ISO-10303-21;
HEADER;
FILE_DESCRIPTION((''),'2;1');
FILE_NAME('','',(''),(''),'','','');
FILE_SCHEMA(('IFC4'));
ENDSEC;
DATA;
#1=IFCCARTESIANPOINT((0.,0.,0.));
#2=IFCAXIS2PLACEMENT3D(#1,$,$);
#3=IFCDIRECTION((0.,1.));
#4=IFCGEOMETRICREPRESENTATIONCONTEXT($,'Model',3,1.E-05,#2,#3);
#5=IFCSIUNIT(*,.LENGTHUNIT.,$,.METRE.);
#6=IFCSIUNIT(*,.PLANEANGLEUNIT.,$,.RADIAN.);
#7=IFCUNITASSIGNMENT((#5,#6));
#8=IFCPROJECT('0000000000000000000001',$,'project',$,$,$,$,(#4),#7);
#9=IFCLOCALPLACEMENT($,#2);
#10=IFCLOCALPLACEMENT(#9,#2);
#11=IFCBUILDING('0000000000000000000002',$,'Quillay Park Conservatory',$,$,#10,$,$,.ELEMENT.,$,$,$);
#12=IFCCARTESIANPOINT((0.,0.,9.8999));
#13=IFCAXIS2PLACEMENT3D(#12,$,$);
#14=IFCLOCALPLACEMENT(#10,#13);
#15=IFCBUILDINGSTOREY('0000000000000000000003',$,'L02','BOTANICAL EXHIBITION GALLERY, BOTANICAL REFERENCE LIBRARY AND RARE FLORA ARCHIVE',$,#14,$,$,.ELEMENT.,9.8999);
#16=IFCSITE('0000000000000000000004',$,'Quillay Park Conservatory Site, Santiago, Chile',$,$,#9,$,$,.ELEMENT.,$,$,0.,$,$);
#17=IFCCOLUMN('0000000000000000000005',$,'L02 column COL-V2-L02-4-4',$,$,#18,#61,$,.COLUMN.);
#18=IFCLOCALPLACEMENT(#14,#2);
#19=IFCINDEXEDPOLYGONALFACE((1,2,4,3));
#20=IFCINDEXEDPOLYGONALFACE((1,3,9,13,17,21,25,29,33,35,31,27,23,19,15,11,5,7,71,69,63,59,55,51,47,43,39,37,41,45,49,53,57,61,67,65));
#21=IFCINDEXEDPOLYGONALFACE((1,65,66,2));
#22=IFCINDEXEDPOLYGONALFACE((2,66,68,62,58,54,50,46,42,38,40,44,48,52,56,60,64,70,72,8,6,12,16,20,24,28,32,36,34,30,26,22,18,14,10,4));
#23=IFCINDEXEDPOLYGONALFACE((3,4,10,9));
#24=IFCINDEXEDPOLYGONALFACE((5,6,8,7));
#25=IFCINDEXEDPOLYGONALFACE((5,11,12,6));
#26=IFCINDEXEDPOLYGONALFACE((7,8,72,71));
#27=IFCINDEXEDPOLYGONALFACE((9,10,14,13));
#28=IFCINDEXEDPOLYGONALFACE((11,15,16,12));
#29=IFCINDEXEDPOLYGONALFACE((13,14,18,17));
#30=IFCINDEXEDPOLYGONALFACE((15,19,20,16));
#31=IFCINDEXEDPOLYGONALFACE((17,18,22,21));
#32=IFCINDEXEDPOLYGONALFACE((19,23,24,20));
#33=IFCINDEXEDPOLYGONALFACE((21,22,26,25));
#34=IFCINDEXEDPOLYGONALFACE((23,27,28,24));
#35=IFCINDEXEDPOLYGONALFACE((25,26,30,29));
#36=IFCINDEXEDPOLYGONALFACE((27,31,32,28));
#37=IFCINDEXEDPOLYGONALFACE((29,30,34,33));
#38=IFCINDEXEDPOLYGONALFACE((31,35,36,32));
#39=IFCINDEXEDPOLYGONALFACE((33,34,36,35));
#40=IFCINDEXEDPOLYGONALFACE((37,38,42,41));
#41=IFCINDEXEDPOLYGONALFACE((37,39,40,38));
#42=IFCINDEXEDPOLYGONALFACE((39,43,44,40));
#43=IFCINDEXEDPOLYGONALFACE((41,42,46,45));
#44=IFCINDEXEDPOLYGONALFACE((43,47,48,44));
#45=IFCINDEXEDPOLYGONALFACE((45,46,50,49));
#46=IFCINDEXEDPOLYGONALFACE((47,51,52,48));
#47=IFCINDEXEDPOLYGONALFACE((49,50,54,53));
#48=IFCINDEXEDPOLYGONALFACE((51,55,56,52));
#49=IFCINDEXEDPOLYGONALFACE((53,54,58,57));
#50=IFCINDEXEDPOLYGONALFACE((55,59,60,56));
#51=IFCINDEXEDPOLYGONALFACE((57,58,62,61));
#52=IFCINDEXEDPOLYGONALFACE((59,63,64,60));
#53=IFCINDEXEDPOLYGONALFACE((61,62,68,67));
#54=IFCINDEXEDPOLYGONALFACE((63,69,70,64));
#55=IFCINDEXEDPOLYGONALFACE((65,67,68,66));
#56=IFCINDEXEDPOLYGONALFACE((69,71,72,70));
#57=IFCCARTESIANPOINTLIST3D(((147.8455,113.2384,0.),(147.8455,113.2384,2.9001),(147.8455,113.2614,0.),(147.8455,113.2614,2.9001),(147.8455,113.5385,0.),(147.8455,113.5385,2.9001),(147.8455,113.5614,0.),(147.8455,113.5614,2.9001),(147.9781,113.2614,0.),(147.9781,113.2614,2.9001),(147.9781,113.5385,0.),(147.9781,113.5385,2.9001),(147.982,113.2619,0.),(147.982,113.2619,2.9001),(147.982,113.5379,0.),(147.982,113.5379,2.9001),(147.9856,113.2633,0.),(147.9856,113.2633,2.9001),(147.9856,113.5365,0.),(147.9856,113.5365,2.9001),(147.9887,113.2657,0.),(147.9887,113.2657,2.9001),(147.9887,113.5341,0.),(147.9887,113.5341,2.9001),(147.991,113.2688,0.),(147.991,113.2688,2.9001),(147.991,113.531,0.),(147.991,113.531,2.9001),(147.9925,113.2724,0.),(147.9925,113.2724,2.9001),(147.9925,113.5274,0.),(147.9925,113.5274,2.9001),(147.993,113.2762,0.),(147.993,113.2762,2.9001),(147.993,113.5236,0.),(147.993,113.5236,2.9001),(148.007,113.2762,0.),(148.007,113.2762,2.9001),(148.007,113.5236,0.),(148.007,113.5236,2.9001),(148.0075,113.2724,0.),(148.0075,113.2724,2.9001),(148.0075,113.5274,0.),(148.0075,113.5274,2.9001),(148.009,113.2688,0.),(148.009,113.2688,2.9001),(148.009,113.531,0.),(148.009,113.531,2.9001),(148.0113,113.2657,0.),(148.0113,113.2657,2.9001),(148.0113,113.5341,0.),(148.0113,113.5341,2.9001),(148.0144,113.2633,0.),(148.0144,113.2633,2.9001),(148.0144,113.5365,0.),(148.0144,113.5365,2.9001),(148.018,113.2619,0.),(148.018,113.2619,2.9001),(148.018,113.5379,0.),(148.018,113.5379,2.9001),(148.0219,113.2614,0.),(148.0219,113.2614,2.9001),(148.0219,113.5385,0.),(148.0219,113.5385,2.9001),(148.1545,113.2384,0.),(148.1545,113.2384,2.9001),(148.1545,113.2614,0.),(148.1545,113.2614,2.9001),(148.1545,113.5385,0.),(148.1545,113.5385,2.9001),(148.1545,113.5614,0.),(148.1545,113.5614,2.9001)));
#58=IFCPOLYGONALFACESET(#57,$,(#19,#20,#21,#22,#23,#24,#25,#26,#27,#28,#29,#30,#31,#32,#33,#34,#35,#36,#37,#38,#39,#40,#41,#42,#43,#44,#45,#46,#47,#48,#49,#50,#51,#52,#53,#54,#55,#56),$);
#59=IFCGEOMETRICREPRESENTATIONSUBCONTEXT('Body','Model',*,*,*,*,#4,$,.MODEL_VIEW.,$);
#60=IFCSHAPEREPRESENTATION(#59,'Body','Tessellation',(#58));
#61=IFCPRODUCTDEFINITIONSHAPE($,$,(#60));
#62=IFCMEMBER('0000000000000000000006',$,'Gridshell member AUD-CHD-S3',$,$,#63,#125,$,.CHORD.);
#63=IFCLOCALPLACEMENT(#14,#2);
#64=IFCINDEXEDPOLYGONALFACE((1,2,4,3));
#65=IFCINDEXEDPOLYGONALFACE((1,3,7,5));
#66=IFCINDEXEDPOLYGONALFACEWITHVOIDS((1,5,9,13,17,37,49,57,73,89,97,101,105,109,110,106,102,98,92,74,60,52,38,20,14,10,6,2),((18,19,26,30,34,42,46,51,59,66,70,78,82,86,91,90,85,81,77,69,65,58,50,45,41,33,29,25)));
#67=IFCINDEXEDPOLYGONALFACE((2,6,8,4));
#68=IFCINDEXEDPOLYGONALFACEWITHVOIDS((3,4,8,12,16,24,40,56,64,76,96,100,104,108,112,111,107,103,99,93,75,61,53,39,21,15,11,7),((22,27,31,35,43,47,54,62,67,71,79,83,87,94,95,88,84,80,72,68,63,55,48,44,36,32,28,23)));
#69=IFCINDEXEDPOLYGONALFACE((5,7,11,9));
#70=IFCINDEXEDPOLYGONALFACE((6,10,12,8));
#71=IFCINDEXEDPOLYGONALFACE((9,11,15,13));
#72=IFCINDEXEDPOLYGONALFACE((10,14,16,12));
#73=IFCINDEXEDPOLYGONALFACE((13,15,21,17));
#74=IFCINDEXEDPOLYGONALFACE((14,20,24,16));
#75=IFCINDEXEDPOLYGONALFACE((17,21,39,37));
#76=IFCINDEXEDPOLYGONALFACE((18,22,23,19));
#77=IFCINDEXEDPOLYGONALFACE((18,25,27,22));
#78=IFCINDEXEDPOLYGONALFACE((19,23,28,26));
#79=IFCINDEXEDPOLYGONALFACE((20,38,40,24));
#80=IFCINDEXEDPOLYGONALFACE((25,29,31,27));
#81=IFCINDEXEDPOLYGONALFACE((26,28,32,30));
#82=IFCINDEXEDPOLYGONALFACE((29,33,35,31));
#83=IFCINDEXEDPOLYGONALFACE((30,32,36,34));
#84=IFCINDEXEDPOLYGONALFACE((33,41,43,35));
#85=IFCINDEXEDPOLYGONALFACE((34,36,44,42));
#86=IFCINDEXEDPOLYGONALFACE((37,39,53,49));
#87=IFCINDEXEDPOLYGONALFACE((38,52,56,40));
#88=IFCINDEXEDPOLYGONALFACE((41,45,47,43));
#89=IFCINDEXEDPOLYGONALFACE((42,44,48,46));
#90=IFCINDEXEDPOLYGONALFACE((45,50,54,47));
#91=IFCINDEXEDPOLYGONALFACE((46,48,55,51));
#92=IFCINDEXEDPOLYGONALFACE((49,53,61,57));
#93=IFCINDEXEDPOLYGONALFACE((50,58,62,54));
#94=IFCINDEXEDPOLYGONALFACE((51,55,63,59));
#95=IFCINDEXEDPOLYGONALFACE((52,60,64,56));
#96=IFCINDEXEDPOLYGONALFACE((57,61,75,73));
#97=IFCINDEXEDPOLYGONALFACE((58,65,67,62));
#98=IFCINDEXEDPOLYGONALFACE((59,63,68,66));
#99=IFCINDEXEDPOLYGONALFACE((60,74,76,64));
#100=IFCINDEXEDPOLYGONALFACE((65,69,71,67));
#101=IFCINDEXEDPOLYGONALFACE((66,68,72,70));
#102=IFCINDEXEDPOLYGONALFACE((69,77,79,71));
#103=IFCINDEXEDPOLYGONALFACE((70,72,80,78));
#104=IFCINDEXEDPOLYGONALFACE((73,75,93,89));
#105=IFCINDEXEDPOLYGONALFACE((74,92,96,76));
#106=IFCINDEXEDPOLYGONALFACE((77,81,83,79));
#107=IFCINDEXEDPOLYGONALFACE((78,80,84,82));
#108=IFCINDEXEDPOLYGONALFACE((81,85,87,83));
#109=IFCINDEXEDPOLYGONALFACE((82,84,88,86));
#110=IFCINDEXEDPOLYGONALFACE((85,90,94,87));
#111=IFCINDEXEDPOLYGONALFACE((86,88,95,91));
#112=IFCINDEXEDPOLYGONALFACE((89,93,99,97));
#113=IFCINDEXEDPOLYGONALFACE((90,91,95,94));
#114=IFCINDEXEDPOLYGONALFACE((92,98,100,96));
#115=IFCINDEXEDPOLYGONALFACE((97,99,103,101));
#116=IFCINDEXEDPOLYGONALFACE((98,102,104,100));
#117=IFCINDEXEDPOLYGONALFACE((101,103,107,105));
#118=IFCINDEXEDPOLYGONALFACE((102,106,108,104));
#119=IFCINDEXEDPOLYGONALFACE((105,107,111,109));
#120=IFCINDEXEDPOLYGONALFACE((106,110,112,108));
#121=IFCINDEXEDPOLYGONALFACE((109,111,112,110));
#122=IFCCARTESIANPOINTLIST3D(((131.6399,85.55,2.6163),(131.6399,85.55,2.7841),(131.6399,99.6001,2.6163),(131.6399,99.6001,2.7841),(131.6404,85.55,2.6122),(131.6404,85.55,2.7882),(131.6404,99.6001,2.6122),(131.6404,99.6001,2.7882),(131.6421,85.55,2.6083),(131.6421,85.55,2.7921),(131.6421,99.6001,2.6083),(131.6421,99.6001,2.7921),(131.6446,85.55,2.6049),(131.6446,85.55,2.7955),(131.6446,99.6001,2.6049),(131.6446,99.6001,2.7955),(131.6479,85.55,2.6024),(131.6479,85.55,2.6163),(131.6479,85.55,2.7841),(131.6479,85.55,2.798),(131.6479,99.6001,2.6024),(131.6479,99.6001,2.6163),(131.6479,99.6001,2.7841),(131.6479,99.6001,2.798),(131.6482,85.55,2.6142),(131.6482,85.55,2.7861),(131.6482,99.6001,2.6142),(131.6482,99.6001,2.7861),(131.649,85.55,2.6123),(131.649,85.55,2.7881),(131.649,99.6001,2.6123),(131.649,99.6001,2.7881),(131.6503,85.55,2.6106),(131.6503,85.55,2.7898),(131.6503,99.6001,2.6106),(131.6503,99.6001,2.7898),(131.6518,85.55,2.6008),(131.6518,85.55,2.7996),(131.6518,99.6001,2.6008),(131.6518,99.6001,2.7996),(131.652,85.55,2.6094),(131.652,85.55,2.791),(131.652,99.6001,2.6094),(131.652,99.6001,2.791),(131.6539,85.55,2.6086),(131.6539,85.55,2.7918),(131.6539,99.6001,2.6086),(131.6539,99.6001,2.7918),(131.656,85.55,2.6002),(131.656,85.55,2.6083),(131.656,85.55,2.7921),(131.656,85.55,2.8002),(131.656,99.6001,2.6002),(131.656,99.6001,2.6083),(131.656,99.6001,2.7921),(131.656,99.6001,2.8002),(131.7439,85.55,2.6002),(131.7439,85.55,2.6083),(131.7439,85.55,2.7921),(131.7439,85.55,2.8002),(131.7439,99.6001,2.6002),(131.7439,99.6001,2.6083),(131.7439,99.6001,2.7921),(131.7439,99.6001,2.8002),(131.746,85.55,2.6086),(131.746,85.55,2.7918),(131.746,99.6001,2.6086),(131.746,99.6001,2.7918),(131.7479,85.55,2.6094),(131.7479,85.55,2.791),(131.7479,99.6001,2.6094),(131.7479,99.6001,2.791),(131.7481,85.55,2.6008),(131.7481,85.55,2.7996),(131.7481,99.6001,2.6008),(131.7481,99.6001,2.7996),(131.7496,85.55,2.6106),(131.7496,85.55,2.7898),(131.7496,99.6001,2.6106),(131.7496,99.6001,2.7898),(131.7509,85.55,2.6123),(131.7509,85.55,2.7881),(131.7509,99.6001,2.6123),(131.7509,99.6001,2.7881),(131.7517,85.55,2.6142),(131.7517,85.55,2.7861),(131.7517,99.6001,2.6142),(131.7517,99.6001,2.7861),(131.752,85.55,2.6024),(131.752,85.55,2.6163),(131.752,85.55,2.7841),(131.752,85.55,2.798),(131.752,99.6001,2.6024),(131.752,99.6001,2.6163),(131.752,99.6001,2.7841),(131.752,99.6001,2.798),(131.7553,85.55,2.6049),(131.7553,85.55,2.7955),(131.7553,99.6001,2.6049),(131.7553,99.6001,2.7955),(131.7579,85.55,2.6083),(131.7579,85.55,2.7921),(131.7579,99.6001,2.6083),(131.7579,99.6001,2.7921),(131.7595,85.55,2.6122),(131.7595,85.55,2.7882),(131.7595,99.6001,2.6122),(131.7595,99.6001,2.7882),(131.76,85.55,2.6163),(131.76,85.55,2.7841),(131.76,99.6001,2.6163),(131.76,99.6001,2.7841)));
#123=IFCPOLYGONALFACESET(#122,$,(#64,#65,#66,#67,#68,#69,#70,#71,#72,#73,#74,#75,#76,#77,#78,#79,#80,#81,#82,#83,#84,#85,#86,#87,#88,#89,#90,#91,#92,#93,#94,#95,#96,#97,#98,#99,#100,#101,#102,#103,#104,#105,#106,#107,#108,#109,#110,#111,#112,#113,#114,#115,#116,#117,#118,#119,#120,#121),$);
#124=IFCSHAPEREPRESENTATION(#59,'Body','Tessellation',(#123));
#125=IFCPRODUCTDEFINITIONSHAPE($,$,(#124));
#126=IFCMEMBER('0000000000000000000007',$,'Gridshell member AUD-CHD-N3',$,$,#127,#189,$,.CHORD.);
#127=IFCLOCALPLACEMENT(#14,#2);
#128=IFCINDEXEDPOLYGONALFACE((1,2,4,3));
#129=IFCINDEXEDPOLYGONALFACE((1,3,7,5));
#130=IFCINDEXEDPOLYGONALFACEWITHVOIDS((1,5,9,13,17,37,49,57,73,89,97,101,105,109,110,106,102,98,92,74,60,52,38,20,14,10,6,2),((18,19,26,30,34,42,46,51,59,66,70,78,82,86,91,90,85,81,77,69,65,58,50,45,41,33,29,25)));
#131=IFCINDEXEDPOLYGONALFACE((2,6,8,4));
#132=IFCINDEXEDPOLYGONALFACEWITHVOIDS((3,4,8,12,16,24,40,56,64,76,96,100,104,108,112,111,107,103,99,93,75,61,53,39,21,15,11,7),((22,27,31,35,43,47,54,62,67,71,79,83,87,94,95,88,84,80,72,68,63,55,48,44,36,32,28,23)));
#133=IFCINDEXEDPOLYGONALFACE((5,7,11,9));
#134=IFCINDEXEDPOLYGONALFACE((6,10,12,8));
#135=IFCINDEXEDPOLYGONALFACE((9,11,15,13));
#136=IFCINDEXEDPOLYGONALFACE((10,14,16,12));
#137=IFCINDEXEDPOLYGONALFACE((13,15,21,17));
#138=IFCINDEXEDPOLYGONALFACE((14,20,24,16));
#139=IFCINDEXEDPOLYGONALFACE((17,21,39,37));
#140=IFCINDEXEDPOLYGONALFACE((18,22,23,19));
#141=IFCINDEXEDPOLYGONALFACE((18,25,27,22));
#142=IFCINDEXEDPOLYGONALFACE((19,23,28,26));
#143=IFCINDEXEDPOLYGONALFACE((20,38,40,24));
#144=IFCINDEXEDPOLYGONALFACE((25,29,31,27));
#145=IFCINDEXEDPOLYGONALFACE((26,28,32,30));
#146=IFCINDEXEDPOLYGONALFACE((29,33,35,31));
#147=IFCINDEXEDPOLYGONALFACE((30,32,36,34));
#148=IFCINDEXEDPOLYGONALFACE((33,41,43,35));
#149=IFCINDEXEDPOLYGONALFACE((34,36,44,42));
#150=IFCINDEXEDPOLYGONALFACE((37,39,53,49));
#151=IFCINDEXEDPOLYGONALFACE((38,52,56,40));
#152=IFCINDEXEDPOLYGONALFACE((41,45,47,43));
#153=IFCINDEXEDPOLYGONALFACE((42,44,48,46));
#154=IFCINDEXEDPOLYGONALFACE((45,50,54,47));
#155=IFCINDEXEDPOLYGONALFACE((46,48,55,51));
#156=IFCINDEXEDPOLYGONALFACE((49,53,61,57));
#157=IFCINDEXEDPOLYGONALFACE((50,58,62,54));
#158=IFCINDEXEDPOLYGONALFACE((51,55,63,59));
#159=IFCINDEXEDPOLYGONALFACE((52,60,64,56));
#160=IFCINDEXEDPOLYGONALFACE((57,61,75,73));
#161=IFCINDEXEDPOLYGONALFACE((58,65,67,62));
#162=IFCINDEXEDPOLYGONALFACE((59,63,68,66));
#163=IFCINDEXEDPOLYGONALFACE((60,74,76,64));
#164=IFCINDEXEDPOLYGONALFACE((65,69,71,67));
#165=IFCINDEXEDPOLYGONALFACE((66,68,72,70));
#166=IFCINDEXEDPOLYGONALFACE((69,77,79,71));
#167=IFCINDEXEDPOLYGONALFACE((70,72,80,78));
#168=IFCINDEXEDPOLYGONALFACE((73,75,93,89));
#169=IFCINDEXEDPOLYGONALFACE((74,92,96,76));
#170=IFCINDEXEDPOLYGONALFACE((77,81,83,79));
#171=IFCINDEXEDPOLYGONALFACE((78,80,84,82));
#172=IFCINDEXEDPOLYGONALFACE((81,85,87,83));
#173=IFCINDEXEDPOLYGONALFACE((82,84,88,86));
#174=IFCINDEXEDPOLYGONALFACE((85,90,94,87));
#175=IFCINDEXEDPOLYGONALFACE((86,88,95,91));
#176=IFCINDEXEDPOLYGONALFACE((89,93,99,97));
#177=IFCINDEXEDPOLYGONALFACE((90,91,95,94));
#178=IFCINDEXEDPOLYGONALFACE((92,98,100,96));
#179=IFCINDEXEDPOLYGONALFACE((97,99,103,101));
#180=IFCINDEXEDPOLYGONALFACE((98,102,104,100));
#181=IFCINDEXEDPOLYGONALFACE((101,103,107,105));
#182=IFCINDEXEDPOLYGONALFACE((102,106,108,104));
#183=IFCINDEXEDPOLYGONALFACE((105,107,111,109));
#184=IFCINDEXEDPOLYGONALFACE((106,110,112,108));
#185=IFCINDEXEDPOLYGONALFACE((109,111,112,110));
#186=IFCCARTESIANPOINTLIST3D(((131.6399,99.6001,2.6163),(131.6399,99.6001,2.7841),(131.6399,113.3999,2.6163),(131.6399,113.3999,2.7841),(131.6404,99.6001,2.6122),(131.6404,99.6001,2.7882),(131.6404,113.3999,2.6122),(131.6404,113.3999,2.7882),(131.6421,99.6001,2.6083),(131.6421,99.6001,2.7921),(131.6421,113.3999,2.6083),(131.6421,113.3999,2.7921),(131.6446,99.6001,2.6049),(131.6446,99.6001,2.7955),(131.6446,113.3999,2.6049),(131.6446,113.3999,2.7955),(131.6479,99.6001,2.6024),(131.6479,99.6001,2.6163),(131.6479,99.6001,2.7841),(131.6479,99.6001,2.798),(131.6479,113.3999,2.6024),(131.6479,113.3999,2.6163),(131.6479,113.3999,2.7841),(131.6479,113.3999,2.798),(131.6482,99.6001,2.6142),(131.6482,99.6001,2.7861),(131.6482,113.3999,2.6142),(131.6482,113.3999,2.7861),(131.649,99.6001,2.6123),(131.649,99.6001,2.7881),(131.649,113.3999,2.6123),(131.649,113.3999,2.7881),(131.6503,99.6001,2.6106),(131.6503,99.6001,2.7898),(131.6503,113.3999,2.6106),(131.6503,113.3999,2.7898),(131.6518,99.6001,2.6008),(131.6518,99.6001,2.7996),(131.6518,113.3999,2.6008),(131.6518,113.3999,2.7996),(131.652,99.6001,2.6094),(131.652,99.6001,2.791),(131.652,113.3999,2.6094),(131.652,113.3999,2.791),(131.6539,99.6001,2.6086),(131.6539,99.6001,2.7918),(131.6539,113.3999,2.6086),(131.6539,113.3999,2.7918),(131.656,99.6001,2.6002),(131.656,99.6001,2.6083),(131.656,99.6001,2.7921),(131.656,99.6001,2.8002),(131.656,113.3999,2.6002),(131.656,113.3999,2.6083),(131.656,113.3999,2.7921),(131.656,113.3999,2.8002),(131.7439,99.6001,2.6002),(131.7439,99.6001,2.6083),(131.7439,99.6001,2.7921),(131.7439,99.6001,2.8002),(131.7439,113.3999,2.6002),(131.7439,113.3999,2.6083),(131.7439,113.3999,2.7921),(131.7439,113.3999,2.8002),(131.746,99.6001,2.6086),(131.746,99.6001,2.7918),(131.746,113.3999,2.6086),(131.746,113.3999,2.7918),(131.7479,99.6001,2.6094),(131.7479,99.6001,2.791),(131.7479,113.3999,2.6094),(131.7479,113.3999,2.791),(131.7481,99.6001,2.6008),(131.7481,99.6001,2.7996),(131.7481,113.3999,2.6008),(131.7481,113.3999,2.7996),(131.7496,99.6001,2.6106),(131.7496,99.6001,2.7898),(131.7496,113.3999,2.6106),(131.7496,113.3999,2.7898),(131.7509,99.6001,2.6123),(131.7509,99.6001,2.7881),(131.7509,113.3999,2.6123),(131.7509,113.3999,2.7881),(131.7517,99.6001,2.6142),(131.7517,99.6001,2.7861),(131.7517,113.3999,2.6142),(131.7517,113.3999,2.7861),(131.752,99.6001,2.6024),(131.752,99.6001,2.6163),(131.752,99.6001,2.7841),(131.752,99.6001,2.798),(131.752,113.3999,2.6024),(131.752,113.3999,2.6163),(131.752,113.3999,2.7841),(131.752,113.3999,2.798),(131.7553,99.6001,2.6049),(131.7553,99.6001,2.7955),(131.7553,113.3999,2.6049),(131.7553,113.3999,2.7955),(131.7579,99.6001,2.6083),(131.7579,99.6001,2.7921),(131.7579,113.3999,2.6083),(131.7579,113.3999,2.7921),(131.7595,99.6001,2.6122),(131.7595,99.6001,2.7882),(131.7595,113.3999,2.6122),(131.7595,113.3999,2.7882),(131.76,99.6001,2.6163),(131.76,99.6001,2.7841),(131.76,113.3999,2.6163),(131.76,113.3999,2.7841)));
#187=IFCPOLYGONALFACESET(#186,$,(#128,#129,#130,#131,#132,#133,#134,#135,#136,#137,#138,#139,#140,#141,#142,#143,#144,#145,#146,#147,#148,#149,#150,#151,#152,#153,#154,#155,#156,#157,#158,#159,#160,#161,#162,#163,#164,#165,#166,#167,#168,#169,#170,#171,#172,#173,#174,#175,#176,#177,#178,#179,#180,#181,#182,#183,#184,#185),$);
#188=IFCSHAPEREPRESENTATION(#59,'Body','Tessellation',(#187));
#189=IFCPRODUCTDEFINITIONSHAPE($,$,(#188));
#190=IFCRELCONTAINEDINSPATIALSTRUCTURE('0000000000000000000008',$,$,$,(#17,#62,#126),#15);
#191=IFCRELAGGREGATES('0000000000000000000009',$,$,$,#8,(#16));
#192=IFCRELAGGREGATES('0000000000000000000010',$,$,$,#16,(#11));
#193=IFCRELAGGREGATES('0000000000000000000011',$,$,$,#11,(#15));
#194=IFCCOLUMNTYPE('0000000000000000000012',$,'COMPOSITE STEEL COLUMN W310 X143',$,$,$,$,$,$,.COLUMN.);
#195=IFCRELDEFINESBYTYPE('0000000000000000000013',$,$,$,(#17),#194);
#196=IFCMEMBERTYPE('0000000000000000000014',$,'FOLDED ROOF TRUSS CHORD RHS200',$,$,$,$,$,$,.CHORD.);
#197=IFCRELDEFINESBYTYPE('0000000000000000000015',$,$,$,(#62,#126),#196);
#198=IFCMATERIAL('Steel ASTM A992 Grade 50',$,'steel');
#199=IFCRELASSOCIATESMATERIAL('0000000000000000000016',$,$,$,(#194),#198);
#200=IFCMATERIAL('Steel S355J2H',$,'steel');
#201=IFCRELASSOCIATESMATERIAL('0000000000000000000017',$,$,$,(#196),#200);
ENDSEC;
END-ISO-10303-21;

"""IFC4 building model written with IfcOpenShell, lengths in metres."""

from ifc_helpers import new_model, si_unit, direction, frame, origin, origin_2d, place, context, subcontext, project, spatial, hollow_rectangle, i_section, extrude, material, material_profile, profile_set, type_object, element, save


model = new_model("IFC4")

# Units and contexts
model_context = context("Model", 3, precision=1e-05, world=origin(), true_north=direction((0.0, 1.0)))
body_context = subcontext(model_context, "Body", "Model", "MODEL_VIEW")
ifc_project = project(units=[si_unit("LENGTHUNIT", "METRE"), si_unit("PLANEANGLEUNIT", "RADIAN")], contexts=[model_context])

# Site, building, storey
site_placement = place(None, origin())
site = spatial("IfcSite", under=ifc_project, at=site_placement, Name="Quillay Park Conservatory Site, Santiago, Chile", CompositionType="ELEMENT", RefElevation=0.0)
building_placement = place(site_placement, origin())
building = spatial("IfcBuilding", under=site, at=building_placement, Name="Quillay Park Conservatory", CompositionType="ELEMENT")
storey_placement = place(building_placement, frame((0.0, 0.0, 9.8999)))
storey = spatial("IfcBuildingStorey", under=building, at=storey_placement, Name="L02", Description="BOTANICAL EXHIBITION GALLERY, BOTANICAL REFERENCE LIBRARY AND RARE FLORA ARCHIVE", CompositionType="ELEMENT", Elevation=9.8999)

# Column
ifc_material_1 = material(Name="Steel ASTM A992 Grade 50", Category="steel")
ifc_material_profile_1 = material_profile(ifc_material_1, i_section(OverallWidth=0.3091, OverallDepth=0.323, WebThickness=0.0139, FlangeThickness=0.0229, FilletRadius=0.0149, at=origin_2d()), Name="W310x143")
ifc_profile_set_1 = profile_set([ifc_material_profile_1], Name="Steel ASTM A992 Grade 50")
column_type = type_object("IfcColumnType", Name="COMPOSITE STEEL COLUMN W310 X143", PredefinedType="COLUMN", material=ifc_profile_set_1)
for number, where, z_axis, x_axis, name in (
    (1, (148.0, 113.3999, 0.0), (0.0, 0.0, 1.0), (1.0, 0.0, 0.0), "L02 column COL-V2-L02-4-4"),
):
    element("IfcColumn", number, at=place(storey_placement, frame(where, z_axis=z_axis, x_axis=x_axis)), inside=storey, type_object=column_type, Name=name, PredefinedType="COLUMN", context=body_context, shape_type="SweptSolid", body=[
        extrude(i_section(OverallWidth=0.3091, OverallDepth=0.323, WebThickness=0.0139, FlangeThickness=0.0229, FilletRadius=0.0149, at=origin_2d()), origin(), (0.0, 0.0, 1.0), 2.9001),
    ])

# Members
ifc_material_2 = material(Name="Steel S355J2H", Category="steel")
ifc_material_profile_2 = material_profile(ifc_material_2, hollow_rectangle(XDim=0.1201, YDim=0.2, WallThickness=0.0081, InnerFilletRadius=0.0081, OuterFilletRadius=0.0161, at=origin_2d()), Name="RHS200x120x8")
ifc_profile_set_2 = profile_set([ifc_material_profile_2], Name="Steel S355J2H")
member_type = type_object("IfcMemberType", Name="FOLDED ROOF TRUSS CHORD RHS200", PredefinedType="CHORD", material=ifc_profile_set_2)
member_1_placement = place(storey_placement, frame((131.7, 85.55, 2.7002), z_axis=(0.0, 1.0, 0.0), x_axis=(-1.0, 0.0, 0.0)))
element("IfcMember", 2, at=member_1_placement, inside=storey, type_object=member_type, Name="Gridshell member AUD-CHD-S3", PredefinedType="CHORD", context=body_context, shape_type="SweptSolid", body=[
    extrude(hollow_rectangle(XDim=0.1201, YDim=0.2, WallThickness=0.0081, InnerFilletRadius=0.0081, OuterFilletRadius=0.0161, at=origin_2d()), origin(), (0.0, 0.0, 1.0), 14.05),
])
member_2_placement = place(storey_placement, frame((131.7, 99.6001, 2.7002), z_axis=(0.0, 1.0, 0.0), x_axis=(-1.0, 0.0, 0.0)))
element("IfcMember", 3, at=member_2_placement, inside=storey, type_object=member_type, Name="Gridshell member AUD-CHD-N3", PredefinedType="CHORD", context=body_context, shape_type="SweptSolid", body=[
    extrude(hollow_rectangle(XDim=0.1201, YDim=0.2, WallThickness=0.0081, InnerFilletRadius=0.0081, OuterFilletRadius=0.0161, at=origin_2d()), origin(), (0.0, 0.0, 1.0), 13.7998),
])

save(model, "model.ifc")
